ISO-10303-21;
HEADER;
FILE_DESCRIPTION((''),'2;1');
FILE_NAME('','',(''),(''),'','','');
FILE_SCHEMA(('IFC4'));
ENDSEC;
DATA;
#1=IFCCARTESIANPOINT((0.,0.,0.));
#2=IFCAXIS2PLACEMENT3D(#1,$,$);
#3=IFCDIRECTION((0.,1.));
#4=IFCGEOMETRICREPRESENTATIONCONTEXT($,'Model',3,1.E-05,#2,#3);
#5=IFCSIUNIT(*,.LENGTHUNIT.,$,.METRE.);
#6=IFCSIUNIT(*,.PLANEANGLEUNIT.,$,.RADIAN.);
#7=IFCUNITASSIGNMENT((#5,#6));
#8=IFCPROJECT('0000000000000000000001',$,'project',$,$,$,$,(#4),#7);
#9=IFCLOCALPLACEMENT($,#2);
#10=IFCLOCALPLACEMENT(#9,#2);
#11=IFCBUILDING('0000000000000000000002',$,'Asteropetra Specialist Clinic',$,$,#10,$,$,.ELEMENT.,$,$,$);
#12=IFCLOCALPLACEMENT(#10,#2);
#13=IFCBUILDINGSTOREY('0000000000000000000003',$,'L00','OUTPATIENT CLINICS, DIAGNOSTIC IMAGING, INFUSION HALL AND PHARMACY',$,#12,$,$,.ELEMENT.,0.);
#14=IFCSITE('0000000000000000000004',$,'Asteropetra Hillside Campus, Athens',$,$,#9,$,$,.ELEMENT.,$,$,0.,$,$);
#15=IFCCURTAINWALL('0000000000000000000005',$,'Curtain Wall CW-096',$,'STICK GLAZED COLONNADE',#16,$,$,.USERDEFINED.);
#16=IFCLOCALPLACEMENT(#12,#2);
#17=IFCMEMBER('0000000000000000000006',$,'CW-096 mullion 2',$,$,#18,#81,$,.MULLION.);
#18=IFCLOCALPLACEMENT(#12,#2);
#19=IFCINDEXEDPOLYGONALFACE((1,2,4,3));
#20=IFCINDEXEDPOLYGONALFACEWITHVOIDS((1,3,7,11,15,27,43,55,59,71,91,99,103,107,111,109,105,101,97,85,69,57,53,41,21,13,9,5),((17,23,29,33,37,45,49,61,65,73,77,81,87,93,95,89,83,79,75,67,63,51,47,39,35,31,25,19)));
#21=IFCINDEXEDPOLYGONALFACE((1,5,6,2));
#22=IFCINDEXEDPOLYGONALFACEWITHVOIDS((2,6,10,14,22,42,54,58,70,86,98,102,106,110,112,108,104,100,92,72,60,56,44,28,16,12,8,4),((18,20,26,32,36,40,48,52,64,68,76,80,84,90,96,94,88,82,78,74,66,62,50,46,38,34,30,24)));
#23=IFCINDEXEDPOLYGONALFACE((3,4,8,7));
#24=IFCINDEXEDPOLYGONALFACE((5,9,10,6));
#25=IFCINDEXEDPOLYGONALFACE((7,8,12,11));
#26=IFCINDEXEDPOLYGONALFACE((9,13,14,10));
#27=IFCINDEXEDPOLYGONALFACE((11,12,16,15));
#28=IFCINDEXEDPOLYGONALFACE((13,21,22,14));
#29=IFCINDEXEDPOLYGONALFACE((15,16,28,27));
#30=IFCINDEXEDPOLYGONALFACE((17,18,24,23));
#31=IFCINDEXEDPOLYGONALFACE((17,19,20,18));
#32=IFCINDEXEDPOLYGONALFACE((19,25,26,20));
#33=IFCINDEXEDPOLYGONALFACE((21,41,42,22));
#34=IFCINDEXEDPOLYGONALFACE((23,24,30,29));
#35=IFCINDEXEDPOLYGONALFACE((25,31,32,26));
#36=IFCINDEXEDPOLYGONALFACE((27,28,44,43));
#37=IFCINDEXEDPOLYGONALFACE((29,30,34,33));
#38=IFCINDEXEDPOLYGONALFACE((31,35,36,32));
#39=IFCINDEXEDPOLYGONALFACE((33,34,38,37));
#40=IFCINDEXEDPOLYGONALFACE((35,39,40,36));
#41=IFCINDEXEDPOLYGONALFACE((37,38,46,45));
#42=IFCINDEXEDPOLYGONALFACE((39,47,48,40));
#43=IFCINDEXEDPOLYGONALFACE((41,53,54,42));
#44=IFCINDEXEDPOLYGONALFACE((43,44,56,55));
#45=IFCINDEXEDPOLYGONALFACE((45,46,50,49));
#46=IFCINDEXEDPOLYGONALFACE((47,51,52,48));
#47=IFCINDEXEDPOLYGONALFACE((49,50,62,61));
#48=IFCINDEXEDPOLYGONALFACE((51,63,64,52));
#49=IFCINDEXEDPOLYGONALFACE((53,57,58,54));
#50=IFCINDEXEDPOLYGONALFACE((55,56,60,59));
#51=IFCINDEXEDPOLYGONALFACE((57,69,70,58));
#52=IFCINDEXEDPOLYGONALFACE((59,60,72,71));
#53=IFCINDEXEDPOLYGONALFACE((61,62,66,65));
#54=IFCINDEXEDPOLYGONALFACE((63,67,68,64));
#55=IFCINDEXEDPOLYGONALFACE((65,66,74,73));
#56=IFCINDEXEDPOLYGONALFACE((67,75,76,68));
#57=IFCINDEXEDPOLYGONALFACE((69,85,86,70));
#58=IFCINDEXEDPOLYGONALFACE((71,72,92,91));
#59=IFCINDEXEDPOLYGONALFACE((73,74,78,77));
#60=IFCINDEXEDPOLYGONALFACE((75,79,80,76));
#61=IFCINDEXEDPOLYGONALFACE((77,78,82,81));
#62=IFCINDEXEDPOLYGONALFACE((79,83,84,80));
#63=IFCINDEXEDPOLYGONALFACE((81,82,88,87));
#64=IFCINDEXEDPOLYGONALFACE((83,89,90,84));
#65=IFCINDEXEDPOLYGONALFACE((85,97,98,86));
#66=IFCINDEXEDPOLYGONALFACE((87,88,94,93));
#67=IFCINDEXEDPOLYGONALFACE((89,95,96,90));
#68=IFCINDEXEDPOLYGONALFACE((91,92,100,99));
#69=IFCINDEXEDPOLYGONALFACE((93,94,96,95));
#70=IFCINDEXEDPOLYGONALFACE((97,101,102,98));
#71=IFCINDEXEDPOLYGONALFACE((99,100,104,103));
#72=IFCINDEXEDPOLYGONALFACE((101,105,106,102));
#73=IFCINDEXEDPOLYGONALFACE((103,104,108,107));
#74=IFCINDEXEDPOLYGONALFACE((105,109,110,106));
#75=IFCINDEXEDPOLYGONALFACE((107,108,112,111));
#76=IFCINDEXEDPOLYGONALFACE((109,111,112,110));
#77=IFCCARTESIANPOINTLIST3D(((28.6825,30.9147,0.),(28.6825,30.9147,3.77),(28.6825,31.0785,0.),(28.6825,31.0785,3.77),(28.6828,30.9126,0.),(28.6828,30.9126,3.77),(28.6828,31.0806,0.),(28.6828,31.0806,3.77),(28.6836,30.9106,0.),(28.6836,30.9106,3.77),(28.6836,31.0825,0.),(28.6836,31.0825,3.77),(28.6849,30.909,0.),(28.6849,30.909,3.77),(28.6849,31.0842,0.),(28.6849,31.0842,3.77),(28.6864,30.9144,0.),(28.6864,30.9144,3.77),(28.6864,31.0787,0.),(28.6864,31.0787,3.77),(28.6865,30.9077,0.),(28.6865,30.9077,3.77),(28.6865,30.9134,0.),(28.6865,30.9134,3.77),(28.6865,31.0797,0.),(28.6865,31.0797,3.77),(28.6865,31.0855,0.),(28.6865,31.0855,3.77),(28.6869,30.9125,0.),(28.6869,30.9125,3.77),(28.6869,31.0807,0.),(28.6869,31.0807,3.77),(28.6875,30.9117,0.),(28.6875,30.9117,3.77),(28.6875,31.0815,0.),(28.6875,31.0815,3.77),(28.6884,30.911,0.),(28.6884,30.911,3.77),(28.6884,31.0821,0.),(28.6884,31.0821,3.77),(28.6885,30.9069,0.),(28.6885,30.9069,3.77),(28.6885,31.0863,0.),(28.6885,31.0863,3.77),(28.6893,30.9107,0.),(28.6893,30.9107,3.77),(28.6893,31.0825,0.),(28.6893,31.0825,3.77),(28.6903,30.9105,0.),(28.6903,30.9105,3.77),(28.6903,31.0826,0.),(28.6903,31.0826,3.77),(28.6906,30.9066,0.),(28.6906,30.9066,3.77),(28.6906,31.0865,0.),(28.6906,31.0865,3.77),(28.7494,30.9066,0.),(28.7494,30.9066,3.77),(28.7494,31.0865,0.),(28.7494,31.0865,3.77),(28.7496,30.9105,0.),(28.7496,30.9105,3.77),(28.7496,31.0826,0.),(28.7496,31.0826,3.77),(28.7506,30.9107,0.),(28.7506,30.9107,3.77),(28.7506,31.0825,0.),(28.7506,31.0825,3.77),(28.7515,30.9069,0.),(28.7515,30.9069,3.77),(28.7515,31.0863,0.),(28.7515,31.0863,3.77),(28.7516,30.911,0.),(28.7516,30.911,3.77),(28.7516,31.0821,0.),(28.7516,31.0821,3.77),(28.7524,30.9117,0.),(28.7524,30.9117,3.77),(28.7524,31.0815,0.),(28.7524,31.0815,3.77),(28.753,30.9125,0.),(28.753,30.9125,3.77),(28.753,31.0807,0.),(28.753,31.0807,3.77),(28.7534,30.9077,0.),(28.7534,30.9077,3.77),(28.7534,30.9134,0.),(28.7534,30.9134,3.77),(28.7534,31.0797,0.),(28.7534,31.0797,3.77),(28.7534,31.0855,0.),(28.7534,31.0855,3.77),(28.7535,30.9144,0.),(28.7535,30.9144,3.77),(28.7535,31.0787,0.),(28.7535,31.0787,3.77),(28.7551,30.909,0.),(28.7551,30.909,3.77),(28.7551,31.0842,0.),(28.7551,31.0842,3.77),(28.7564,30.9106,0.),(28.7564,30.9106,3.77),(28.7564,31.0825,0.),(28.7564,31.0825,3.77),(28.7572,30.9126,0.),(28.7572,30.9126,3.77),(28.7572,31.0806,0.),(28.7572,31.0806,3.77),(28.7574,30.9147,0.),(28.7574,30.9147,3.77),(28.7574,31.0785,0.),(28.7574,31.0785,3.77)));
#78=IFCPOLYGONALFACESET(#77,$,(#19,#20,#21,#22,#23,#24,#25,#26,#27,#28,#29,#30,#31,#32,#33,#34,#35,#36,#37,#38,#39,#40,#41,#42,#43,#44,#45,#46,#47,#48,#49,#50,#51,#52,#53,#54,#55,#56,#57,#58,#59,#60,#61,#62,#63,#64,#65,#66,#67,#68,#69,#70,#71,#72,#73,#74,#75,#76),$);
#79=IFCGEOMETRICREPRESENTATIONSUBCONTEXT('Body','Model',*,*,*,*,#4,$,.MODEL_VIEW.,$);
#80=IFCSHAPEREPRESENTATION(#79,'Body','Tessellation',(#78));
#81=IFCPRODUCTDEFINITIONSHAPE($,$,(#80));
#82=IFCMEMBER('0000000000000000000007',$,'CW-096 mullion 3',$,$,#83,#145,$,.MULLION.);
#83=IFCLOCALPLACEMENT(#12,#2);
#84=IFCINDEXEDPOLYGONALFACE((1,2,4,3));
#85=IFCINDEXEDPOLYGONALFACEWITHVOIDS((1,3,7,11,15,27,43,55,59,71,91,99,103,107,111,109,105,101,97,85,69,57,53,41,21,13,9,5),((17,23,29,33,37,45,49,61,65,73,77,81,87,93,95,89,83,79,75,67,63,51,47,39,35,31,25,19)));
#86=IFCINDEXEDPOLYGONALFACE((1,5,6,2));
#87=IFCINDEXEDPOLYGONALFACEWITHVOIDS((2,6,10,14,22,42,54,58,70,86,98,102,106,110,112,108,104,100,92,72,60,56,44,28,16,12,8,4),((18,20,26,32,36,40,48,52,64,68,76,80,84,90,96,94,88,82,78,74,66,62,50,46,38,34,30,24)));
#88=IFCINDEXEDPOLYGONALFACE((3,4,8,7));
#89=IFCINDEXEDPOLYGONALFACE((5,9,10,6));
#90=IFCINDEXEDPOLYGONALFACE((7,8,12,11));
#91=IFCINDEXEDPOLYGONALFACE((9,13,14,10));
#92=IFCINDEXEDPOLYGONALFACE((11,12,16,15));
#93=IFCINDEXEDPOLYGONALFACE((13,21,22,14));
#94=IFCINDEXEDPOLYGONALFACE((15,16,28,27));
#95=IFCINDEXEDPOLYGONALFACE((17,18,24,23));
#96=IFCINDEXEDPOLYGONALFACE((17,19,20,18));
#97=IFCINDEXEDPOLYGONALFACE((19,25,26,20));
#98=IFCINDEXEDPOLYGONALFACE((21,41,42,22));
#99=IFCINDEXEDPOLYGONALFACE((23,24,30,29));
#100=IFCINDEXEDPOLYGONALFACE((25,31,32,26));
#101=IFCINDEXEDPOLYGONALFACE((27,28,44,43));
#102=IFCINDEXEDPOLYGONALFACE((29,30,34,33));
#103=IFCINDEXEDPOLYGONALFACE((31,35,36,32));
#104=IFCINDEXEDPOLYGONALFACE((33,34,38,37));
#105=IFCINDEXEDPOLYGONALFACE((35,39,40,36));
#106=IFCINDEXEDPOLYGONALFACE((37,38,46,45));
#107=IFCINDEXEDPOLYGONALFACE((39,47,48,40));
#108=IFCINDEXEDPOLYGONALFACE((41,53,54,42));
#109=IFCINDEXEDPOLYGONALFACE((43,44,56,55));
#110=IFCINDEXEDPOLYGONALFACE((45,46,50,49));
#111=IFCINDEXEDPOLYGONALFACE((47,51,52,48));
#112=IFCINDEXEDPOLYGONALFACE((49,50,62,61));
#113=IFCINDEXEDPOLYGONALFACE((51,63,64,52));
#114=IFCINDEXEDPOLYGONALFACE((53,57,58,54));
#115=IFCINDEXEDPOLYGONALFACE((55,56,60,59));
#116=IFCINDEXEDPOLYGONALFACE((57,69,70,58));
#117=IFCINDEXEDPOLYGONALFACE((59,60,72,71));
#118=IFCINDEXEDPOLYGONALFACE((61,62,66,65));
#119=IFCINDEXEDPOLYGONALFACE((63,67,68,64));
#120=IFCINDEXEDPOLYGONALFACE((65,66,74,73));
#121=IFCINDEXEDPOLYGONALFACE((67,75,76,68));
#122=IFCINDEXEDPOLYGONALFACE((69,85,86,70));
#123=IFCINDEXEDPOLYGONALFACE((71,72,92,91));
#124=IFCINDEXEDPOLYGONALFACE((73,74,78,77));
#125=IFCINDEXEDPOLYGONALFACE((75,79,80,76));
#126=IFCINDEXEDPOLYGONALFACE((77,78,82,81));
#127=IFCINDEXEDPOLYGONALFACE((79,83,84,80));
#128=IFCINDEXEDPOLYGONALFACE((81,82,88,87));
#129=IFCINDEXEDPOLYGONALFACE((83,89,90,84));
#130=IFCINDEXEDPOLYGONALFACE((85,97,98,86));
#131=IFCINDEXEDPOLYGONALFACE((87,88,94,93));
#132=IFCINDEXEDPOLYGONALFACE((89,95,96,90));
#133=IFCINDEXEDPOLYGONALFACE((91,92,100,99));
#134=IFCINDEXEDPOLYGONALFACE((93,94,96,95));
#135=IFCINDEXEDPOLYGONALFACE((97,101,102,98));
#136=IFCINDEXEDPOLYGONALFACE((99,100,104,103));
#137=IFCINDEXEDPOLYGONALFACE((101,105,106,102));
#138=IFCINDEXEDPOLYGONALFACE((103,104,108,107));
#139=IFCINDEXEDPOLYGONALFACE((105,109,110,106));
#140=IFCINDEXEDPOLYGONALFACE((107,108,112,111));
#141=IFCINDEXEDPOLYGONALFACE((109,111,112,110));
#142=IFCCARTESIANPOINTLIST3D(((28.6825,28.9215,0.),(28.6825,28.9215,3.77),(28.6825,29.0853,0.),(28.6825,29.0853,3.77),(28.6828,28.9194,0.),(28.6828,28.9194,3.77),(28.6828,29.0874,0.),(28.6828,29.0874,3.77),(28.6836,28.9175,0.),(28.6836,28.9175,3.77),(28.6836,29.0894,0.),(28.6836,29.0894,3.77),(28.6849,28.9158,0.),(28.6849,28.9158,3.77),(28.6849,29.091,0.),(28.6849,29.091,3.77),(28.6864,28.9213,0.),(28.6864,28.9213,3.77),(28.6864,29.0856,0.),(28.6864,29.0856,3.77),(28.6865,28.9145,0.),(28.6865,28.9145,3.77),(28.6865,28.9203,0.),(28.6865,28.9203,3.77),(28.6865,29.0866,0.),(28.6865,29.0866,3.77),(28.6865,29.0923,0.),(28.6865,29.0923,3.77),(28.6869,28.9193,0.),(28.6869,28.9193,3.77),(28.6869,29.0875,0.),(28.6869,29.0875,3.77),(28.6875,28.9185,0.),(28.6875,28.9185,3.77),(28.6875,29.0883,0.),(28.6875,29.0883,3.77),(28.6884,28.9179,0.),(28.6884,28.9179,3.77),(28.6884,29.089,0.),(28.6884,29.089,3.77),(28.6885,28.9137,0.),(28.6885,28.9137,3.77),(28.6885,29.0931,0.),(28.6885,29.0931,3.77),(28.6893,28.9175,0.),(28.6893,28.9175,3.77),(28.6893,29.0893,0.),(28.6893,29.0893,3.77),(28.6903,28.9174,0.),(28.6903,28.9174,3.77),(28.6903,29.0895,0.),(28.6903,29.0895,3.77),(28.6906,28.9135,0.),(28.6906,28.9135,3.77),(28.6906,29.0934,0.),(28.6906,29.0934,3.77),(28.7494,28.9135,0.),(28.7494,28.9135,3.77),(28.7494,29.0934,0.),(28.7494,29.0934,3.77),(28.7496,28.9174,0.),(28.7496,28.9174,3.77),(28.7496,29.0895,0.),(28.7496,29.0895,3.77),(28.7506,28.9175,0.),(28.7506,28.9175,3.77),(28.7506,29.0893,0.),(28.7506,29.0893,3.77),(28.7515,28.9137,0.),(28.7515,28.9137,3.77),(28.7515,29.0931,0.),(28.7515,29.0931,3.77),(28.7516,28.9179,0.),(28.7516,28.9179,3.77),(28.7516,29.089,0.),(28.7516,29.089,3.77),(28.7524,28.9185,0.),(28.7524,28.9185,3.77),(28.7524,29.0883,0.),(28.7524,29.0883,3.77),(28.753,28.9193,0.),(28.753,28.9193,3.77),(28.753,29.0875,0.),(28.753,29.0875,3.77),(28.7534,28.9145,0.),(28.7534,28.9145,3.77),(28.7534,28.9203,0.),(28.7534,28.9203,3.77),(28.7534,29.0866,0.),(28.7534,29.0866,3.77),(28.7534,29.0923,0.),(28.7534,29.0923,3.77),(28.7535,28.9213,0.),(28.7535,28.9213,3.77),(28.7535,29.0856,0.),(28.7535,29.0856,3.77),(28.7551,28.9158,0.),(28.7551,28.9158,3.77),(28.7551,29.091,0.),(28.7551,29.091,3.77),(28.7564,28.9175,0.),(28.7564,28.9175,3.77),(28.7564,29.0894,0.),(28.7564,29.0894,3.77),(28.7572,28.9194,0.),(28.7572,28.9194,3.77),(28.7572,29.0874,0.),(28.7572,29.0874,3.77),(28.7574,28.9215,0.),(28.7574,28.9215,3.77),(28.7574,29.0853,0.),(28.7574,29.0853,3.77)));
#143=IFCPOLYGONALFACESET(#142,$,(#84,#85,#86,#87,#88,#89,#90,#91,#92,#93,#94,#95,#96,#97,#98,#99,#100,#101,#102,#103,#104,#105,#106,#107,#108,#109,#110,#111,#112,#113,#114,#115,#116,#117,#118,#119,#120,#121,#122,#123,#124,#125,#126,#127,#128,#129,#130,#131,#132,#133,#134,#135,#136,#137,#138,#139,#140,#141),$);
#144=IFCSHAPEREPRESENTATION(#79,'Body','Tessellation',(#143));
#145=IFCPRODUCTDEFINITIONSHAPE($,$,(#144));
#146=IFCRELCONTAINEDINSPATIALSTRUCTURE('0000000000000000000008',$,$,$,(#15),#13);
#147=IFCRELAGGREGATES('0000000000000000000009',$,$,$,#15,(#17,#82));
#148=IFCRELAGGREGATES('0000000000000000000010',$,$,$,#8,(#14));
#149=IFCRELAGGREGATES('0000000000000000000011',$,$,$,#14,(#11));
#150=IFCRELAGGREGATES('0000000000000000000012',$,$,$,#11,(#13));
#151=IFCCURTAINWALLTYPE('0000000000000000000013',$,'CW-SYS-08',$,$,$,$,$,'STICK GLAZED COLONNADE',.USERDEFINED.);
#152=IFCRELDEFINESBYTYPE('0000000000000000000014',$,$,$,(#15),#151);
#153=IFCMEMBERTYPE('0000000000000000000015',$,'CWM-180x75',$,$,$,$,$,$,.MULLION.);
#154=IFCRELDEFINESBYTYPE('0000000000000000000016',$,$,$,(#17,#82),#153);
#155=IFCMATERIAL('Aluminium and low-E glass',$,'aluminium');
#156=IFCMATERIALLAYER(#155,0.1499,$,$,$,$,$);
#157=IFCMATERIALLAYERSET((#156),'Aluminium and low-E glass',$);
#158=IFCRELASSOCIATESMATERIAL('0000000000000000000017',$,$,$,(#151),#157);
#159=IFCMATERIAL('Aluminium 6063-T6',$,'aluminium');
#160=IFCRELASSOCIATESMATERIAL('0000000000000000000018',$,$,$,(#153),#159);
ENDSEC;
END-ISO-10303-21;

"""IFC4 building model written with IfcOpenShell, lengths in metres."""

from ifc_helpers import new_model, si_unit, direction, frame, origin, origin_2d, place, context, subcontext, project, spatial, hollow_rectangle, extrude, material, layer, layer_set, material_profile, profile_set, type_object, element, aggregate, save


model = new_model("IFC4")

# Units and contexts
model_context = context("Model", 3, precision=1e-05, world=origin(), true_north=direction((0.0, 1.0)))
body_context = subcontext(model_context, "Body", "Model", "MODEL_VIEW")
ifc_project = project(units=[si_unit("LENGTHUNIT", "METRE"), si_unit("PLANEANGLEUNIT", "RADIAN")], contexts=[model_context])

# Site, building, storey
site_placement = place(None, origin())
site = spatial("IfcSite", under=ifc_project, at=site_placement, Name="Asteropetra Hillside Campus, Athens", CompositionType="ELEMENT", RefElevation=0.0)
building_placement = place(site_placement, origin())
building = spatial("IfcBuilding", under=site, at=building_placement, Name="Asteropetra Specialist Clinic", CompositionType="ELEMENT")
storey_placement = place(building_placement, origin())
storey = spatial("IfcBuildingStorey", under=building, at=storey_placement, Name="L00", Description="OUTPATIENT CLINICS, DIAGNOSTIC IMAGING, INFUSION HALL AND PHARMACY", CompositionType="ELEMENT", Elevation=0.0)

# Curtain wall, members
ifc_material_1 = material(Name="Aluminium and low-E glass", Category="aluminium")
ifc_layer_1 = layer(ifc_material_1, 0.1499)
ifc_layer_set_1 = layer_set([ifc_layer_1], Name="Aluminium and low-E glass")
curtain_wall_type = type_object("IfcCurtainWallType", Name="CW-SYS-08", ElementType="STICK GLAZED COLONNADE", PredefinedType="USERDEFINED", material=ifc_layer_set_1)
curtain_wall_placement = place(storey_placement, origin())
curtain_wall = element("IfcCurtainWall", 1, at=curtain_wall_placement, inside=storey, type_object=curtain_wall_type, Name="Curtain Wall CW-096", ObjectType="STICK GLAZED COLONNADE", PredefinedType="USERDEFINED")
ifc_material_2 = material(Name="Aluminium 6063-T6", Category="aluminium")
ifc_material_profile_1 = material_profile(ifc_material_2, hollow_rectangle(XDim=0.075, YDim=0.1799, WallThickness=0.0039, InnerFilletRadius=0.0039, OuterFilletRadius=0.0081, at=origin_2d()), Name="MUL 180x75x4.0")
ifc_profile_set_1 = profile_set([ifc_material_profile_1], Name="Aluminium 6063-T6")
member_type_1 = type_object("IfcMemberType", Name="CWM-180x75", PredefinedType="MULLION", material=ifc_profile_set_1)
member_1_placement = place(storey_placement, frame((28.72, 30.9966, 0.0), z_axis=(0.0, 0.0, 1.0), x_axis=(1.0, 0.0, 0.0)))
member_1 = element("IfcMember", 2, at=member_1_placement, type_object=member_type_1, Name="CW-096 mullion 2", PredefinedType="MULLION", context=body_context, shape_type="SweptSolid", body=[
    extrude(hollow_rectangle(XDim=0.075, YDim=0.1799, WallThickness=0.0039, InnerFilletRadius=0.0039, OuterFilletRadius=0.0081, at=origin_2d()), origin(), (0.0, 0.0, 1.0), 3.77),
])
member_2_placement = place(storey_placement, frame((28.72, 29.0034, 0.0), z_axis=(0.0, 0.0, 1.0), x_axis=(1.0, 0.0, 0.0)))
member_2 = element("IfcMember", 3, at=member_2_placement, type_object=member_type_1, Name="CW-096 mullion 3", PredefinedType="MULLION", context=body_context, shape_type="SweptSolid", body=[
    extrude(hollow_rectangle(XDim=0.075, YDim=0.1799, WallThickness=0.0039, InnerFilletRadius=0.0039, OuterFilletRadius=0.0081, at=origin_2d()), origin(), (0.0, 0.0, 1.0), 3.77),
])
aggregate(curtain_wall, [member_1, member_2])

save(model, "model.ifc")
